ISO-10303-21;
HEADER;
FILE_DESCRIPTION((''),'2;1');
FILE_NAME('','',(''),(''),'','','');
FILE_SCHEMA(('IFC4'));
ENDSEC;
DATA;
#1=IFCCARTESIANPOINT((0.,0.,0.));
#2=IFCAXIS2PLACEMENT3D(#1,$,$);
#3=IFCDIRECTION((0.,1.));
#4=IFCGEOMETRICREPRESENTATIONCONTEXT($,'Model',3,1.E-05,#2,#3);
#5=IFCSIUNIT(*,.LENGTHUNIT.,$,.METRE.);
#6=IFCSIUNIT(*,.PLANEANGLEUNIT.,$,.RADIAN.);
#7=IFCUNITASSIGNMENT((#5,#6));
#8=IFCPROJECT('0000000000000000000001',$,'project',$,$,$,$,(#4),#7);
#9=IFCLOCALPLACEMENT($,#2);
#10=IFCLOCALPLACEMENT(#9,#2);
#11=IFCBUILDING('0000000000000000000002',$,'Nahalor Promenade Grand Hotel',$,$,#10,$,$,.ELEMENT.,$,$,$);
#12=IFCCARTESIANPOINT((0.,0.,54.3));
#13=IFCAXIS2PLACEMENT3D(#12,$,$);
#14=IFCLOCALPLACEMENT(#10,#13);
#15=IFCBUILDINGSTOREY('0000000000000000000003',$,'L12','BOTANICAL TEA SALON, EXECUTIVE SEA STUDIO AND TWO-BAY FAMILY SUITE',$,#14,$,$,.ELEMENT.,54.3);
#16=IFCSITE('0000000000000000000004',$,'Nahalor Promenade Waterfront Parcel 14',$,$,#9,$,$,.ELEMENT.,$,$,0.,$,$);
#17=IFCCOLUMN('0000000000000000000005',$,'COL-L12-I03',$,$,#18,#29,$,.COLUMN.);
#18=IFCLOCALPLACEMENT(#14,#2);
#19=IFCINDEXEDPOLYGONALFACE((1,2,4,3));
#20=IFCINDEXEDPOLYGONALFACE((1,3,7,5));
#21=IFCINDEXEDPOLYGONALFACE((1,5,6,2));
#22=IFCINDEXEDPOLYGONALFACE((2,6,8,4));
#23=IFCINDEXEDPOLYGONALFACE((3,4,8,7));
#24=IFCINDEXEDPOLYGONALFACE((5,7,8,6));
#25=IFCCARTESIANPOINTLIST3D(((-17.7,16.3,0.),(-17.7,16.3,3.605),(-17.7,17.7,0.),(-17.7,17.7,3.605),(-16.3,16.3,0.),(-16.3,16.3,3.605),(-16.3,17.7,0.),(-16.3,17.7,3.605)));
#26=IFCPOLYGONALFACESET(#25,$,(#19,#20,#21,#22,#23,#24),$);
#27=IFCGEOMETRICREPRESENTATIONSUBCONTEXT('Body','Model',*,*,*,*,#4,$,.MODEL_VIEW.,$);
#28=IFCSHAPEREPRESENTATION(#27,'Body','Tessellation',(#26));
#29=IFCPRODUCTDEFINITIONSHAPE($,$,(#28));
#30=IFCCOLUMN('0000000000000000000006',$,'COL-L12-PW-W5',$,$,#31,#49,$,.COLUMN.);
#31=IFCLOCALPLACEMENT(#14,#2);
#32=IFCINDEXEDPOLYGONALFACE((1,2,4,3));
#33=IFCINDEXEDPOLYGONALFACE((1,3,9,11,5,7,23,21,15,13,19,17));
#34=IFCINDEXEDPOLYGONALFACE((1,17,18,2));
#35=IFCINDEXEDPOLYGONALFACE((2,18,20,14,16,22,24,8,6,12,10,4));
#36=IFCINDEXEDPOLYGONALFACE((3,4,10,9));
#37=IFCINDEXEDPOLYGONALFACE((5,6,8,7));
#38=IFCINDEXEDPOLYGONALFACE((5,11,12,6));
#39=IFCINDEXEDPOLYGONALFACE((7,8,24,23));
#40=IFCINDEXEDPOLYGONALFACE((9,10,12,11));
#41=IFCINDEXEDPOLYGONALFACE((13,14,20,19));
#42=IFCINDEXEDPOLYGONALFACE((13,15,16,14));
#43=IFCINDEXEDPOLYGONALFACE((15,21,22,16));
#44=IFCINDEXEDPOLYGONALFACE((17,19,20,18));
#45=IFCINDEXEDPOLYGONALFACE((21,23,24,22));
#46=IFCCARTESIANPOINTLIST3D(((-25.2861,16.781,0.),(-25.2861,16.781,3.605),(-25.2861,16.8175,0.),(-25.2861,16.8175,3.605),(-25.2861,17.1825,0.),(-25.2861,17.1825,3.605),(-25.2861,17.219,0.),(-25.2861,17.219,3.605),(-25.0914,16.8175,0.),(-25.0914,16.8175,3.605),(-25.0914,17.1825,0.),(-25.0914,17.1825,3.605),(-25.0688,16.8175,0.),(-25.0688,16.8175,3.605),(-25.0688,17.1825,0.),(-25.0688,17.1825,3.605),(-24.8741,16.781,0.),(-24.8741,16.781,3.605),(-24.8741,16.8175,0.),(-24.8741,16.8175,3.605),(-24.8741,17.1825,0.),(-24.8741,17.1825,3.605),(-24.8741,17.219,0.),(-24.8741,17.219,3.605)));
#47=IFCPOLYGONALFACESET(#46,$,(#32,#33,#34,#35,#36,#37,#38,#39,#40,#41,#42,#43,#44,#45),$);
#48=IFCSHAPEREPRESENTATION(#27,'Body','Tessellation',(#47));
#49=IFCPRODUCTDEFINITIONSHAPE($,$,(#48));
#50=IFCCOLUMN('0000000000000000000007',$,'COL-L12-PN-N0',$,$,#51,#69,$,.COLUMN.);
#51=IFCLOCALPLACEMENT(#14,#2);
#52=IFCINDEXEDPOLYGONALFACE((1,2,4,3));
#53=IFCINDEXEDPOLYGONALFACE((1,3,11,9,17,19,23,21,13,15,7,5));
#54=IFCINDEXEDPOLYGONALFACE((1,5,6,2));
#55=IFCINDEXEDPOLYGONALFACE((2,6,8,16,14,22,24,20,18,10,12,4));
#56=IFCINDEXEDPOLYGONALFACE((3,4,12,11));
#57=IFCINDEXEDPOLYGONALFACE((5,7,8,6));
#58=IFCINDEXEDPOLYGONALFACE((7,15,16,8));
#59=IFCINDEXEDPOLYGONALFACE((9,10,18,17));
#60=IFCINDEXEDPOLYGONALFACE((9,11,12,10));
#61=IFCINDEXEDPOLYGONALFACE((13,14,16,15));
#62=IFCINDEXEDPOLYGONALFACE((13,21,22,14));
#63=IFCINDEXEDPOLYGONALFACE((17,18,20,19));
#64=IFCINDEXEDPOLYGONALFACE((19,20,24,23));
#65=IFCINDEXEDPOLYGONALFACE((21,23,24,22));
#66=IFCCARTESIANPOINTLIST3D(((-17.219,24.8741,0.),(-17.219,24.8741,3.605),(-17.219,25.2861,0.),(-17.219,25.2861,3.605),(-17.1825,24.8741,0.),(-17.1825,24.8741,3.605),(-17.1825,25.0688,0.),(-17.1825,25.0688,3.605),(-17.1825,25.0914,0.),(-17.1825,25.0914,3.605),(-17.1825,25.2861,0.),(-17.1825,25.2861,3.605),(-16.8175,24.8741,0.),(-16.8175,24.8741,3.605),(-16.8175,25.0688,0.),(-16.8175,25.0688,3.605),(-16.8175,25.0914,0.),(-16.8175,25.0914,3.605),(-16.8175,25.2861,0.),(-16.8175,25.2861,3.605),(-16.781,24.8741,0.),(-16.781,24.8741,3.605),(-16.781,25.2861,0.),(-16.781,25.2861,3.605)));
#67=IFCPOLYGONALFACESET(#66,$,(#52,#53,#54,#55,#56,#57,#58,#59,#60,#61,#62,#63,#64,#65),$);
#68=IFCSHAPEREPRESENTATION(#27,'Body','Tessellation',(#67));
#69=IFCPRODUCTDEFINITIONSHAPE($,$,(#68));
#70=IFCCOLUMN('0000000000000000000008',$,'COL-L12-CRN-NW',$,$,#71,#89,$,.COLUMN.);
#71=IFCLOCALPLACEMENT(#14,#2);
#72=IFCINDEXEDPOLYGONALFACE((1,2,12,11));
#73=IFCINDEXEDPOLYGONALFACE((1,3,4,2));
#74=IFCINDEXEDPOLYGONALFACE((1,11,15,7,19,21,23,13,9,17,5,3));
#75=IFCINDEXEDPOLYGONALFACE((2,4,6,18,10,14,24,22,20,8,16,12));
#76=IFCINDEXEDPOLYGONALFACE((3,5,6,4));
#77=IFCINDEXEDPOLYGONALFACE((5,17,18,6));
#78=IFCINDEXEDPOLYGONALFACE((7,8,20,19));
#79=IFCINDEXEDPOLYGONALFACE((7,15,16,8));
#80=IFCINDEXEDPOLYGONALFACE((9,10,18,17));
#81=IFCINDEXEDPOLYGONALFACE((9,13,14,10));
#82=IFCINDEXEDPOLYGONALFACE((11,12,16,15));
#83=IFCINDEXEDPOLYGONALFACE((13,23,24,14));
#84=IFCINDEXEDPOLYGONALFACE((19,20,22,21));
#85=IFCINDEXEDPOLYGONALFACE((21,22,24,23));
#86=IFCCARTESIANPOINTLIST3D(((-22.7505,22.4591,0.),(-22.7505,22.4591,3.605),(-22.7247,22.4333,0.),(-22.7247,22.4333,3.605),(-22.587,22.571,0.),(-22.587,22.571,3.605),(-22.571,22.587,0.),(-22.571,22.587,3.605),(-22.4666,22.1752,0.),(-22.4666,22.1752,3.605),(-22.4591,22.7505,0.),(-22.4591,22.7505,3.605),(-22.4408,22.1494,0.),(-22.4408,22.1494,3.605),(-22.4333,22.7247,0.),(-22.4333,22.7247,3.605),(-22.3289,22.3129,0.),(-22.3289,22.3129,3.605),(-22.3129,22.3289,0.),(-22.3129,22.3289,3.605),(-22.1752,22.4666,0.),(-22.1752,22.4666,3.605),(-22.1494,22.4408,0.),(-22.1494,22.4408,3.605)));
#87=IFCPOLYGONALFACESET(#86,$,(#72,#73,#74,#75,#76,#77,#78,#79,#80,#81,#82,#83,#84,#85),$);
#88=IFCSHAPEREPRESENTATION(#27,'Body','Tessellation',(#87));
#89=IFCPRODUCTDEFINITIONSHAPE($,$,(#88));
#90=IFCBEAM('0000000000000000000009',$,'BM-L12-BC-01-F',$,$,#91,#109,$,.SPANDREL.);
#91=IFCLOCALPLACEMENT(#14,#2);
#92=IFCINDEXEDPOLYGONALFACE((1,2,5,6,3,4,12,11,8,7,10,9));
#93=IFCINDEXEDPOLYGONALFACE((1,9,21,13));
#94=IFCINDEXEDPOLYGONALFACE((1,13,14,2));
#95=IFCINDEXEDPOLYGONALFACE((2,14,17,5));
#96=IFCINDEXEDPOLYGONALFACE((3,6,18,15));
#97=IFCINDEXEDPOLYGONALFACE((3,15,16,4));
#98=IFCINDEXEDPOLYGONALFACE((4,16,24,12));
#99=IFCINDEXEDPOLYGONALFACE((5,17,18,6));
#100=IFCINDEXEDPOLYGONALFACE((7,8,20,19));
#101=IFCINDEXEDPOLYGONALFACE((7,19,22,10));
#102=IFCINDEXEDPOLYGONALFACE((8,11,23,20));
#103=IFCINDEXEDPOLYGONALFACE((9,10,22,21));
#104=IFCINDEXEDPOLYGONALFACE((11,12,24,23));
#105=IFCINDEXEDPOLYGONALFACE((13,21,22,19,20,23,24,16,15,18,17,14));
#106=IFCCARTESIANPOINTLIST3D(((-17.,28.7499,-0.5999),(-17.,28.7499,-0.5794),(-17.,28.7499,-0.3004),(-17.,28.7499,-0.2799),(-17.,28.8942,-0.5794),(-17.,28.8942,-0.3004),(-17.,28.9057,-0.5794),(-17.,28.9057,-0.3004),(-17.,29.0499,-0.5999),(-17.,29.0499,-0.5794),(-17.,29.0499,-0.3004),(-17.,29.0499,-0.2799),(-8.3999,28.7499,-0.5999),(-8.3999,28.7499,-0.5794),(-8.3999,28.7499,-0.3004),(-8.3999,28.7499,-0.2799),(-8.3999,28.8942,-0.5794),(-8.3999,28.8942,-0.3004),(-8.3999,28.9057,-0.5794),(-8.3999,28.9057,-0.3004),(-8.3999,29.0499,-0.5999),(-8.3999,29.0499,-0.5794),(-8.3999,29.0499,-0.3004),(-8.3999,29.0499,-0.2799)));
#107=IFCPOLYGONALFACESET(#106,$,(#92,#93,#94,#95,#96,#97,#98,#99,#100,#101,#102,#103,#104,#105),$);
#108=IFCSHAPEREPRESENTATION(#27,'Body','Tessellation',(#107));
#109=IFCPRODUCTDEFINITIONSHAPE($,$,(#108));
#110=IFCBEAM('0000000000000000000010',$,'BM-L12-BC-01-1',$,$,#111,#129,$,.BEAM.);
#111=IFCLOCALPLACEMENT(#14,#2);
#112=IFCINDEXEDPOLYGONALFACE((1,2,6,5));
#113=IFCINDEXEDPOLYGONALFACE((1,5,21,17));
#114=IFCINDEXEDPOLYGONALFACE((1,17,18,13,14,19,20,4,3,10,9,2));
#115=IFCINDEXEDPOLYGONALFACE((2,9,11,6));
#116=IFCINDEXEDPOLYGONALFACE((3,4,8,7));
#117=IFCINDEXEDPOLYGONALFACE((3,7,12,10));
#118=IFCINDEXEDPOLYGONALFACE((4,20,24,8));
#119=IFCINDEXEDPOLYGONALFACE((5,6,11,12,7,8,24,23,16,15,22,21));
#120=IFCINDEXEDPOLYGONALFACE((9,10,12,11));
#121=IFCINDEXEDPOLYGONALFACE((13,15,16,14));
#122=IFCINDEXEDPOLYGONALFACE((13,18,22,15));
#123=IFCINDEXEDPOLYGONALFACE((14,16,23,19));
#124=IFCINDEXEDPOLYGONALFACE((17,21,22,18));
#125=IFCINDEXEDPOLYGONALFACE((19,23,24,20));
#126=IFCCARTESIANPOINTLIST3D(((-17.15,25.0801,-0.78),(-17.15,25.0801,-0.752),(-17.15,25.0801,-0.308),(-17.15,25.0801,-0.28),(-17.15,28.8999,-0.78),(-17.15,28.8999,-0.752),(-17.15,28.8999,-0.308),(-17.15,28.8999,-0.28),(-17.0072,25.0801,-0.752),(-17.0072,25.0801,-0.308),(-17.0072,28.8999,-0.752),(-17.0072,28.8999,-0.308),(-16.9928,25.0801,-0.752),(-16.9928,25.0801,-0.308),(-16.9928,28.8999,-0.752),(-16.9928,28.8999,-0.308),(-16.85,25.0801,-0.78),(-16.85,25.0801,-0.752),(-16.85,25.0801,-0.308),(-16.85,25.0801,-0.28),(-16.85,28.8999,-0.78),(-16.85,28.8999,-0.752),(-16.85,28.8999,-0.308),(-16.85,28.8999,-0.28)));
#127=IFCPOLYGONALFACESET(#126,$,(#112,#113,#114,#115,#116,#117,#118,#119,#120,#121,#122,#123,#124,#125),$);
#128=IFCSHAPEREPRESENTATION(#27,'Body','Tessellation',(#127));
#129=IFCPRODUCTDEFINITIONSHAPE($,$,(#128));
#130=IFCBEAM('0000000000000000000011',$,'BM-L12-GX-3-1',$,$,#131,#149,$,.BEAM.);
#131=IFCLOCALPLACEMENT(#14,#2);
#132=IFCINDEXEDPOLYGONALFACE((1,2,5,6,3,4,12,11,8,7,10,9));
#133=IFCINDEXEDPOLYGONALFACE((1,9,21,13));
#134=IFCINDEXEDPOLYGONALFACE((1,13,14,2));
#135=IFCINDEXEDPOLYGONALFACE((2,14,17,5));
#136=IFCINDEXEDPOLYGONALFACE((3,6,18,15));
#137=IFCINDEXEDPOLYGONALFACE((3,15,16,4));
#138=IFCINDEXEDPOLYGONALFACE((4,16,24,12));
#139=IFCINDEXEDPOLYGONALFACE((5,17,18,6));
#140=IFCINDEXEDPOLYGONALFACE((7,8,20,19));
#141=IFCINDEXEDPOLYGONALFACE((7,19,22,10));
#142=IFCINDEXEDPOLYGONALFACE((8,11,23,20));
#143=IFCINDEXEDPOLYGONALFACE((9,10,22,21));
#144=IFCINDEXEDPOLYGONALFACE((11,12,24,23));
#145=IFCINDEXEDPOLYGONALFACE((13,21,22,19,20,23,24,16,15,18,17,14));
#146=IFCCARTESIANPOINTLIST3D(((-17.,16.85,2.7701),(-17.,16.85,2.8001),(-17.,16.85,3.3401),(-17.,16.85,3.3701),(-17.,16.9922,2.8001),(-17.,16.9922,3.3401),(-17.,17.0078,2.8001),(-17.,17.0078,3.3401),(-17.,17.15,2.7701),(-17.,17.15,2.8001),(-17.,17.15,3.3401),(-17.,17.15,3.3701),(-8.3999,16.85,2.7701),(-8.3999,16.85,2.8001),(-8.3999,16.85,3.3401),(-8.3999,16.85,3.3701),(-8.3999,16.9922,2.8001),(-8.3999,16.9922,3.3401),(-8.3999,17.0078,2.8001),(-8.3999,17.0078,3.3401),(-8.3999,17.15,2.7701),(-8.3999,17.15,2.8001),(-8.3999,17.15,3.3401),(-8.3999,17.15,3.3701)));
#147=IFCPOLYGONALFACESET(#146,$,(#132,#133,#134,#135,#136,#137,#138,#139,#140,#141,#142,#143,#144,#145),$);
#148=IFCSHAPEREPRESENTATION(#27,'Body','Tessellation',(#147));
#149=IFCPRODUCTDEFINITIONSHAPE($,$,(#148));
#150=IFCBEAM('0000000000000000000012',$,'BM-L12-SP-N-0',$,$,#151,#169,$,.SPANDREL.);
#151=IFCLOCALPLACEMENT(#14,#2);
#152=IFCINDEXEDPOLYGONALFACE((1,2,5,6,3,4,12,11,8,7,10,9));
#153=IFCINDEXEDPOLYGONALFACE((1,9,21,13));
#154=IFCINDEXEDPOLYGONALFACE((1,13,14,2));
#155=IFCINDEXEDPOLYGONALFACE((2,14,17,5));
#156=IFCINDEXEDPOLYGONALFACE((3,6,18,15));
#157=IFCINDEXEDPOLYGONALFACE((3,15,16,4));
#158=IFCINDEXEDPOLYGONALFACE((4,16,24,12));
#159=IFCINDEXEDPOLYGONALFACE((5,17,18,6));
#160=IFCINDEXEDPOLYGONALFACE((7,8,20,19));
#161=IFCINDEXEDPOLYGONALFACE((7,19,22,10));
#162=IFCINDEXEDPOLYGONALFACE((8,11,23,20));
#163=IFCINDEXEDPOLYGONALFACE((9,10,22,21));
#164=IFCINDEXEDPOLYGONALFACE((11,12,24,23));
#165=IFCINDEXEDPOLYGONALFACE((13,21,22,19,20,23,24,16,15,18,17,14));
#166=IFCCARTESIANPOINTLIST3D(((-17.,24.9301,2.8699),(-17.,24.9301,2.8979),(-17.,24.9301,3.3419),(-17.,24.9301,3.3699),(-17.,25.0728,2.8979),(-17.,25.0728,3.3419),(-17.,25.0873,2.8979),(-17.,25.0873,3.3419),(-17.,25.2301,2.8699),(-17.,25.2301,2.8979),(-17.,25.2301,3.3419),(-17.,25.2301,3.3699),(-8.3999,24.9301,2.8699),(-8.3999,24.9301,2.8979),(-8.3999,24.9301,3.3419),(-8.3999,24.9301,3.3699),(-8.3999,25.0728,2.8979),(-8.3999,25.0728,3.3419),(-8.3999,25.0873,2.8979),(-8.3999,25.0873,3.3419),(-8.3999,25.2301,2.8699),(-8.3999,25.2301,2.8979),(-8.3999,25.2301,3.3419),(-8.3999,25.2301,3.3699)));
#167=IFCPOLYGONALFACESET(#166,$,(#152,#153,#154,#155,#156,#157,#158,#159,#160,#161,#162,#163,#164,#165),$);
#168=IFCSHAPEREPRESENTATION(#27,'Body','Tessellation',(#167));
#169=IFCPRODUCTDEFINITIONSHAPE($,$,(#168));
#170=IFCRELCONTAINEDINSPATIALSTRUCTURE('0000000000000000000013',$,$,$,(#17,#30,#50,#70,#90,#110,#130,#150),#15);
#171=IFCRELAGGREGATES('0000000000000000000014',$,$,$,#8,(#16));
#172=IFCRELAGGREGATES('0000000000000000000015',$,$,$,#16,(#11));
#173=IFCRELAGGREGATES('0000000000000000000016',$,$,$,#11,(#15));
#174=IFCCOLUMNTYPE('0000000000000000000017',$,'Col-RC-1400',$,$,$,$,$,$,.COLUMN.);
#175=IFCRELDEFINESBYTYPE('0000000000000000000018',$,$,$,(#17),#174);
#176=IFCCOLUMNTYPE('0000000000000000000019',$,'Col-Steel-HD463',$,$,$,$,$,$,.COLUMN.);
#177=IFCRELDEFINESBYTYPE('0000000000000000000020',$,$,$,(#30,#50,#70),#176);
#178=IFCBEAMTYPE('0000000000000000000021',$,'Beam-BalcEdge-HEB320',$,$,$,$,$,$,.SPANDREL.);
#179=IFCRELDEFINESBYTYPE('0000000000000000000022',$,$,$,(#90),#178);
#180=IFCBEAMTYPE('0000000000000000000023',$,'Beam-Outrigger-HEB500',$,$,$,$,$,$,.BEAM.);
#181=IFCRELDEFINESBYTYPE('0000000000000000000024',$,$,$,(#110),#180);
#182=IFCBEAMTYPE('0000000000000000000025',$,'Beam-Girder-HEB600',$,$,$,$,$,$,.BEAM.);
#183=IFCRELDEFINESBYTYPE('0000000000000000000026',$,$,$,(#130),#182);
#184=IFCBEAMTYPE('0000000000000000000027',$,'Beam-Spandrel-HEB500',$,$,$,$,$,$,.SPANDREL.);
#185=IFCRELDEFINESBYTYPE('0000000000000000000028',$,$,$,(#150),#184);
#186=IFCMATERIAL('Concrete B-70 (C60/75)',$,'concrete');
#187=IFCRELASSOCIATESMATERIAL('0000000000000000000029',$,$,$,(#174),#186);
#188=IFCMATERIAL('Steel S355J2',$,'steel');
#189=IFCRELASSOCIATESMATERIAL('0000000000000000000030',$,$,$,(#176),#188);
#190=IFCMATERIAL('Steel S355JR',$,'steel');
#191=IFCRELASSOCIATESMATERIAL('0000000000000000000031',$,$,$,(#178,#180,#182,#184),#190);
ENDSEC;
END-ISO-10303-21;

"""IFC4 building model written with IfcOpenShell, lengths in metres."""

from ifc_helpers import new_model, si_unit, direction, frame, origin, origin_2d, place, context, subcontext, project, spatial, rectangle, i_section, extrude, source, transform, mapped, material, material_profile, profile_set, type_object, element, save


model = new_model("IFC4")

# Units and contexts
model_context = context("Model", 3, precision=1e-05, world=origin(), true_north=direction((0.0, 1.0)))
body_context = subcontext(model_context, "Body", "Model", "MODEL_VIEW")
ifc_project = project(units=[si_unit("LENGTHUNIT", "METRE"), si_unit("PLANEANGLEUNIT", "RADIAN")], contexts=[model_context])

# Site, building, storey
site_placement = place(None, origin())
site = spatial("IfcSite", under=ifc_project, at=site_placement, Name="Nahalor Promenade Waterfront Parcel 14", CompositionType="ELEMENT", RefElevation=0.0)
building_placement = place(site_placement, origin())
building = spatial("IfcBuilding", under=site, at=building_placement, Name="Nahalor Promenade Grand Hotel", CompositionType="ELEMENT")
storey_placement = place(building_placement, frame((0.0, 0.0, 54.3)))
storey = spatial("IfcBuildingStorey", under=building, at=storey_placement, Name="L12", Description="BOTANICAL TEA SALON, EXECUTIVE SEA STUDIO AND TWO-BAY FAMILY SUITE", CompositionType="ELEMENT", Elevation=54.3)

# Columns
ifc_material_1 = material(Name="Concrete B-70 (C60/75)", Category="concrete")
ifc_material_profile_1 = material_profile(ifc_material_1, rectangle(XDim=1.4, YDim=1.4, at=origin_2d()), Name="RC 1400x1400")
ifc_profile_set_1 = profile_set([ifc_material_profile_1], Name="Concrete B-70 (C60/75)")
column_type_1 = type_object("IfcColumnType", Name="Col-RC-1400", PredefinedType="COLUMN", material=ifc_profile_set_1)
shared_shape_1 = source(origin(), body_context, "Body", "SweptSolid", [
    extrude(rectangle(XDim=1.4, YDim=1.4, at=origin_2d()), origin(), (0.0, 0.0, 1.0), 3.605),
])
column_placement = place(storey_placement, frame((-17.0, 17.0, 0.0), z_axis=(0.0, 0.0, 1.0), x_axis=(1.0, 0.0, 0.0)))
element("IfcColumn", 1, at=column_placement, inside=storey, type_object=column_type_1, Name="COL-L12-I03", PredefinedType="COLUMN", context=body_context, shape_type="MappedRepresentation", body=[
    mapped(shared_shape_1, transform((0.0, 0.0, 0.0), scale=1.0)),
])
ifc_material_2 = material(Name="Steel S355J2", Category="steel")
ifc_material_profile_2 = material_profile(ifc_material_2, i_section(OverallWidth=0.412, OverallDepth=0.438, WebThickness=0.0226, FlangeThickness=0.0365, at=origin_2d()), Name="HD 400x463")
ifc_profile_set_2 = profile_set([ifc_material_profile_2], Name="Steel S355J2")
column_type_2 = type_object("IfcColumnType", Name="Col-Steel-HD463", PredefinedType="COLUMN", material=ifc_profile_set_2)
shared_shape_2 = source(origin(), body_context, "Body", "SweptSolid", [
    extrude(i_section(OverallWidth=0.412, OverallDepth=0.438, WebThickness=0.0226, FlangeThickness=0.0365, at=origin_2d()), origin(), (0.0, 0.0, 1.0), 3.605),
])
for number, where, z_axis, x_axis, name in (
    (2, (-25.0801, 17.0, 0.0), (0.0, 0.0, 1.0), (1.0, 0.0, 0.0), "COL-L12-PW-W5"),
    (3, (-17.0, 25.0801, 0.0), (0.0, 0.0, 1.0), (0.0, 1.0, 0.0), "COL-L12-PN-N0"),
    (4, (-22.45, 22.45, 0.0), (0.0, 0.0, 1.0), (0.707107, 0.707107, 0.0), "COL-L12-CRN-NW"),
):
    element("IfcColumn", number, at=place(storey_placement, frame(where, z_axis=z_axis, x_axis=x_axis)), inside=storey, type_object=column_type_2, Name=name, PredefinedType="COLUMN", context=body_context, shape_type="MappedRepresentation", body=[
        mapped(shared_shape_2, transform((0.0, 0.0, 0.0), scale=1.0)),
    ])

# Beams
ifc_material_3 = material(Name="Steel S355JR", Category="steel")
ifc_material_profile_3 = material_profile(ifc_material_3, i_section(OverallWidth=0.3, OverallDepth=0.32, WebThickness=0.0115, FlangeThickness=0.0205, at=origin_2d()), Name="HEB 320")
ifc_profile_set_3 = profile_set([ifc_material_profile_3], Name="Steel S355JR")
beam_type_1 = type_object("IfcBeamType", Name="Beam-BalcEdge-HEB320", PredefinedType="SPANDREL", material=ifc_profile_set_3)
shared_shape_3 = source(origin(), body_context, "Body", "SweptSolid", [
    extrude(i_section(OverallWidth=0.3, OverallDepth=0.32, WebThickness=0.0115, FlangeThickness=0.0205, at=origin_2d()), origin(), (0.0, 0.0, 1.0), 8.6001),
])
beam_1_placement = place(storey_placement, frame((-17.0, 28.8999, -0.4399), z_axis=(1.0, 0.0, 0.0), x_axis=(0.0, 1.0, 0.0)))
element("IfcBeam", 5, at=beam_1_placement, inside=storey, type_object=beam_type_1, Name="BM-L12-BC-01-F", PredefinedType="SPANDREL", context=body_context, shape_type="MappedRepresentation", body=[
    mapped(shared_shape_3, transform((0.0, 0.0, 0.0), scale=1.0)),
])
ifc_material_profile_4 = material_profile(ifc_material_3, i_section(OverallWidth=0.3, OverallDepth=0.5, WebThickness=0.0145, FlangeThickness=0.028, at=origin_2d()), Name="HEB 500")
ifc_profile_set_4 = profile_set([ifc_material_profile_4], Name="Steel S355JR")
beam_type_2 = type_object("IfcBeamType", Name="Beam-Outrigger-HEB500", PredefinedType="BEAM", material=ifc_profile_set_4)
shared_shape_4 = source(origin(), body_context, "Body", "SweptSolid", [
    extrude(i_section(OverallWidth=0.3, OverallDepth=0.5, WebThickness=0.0145, FlangeThickness=0.028, at=origin_2d()), origin(), (0.0, 0.0, 1.0), 3.8198),
])
beam_2_placement = place(storey_placement, frame((-17.0, 25.0801, -0.53), z_axis=(0.0, 1.0, 0.0), x_axis=(-1.0, 0.0, 0.0)))
element("IfcBeam", 6, at=beam_2_placement, inside=storey, type_object=beam_type_2, Name="BM-L12-BC-01-1", PredefinedType="BEAM", context=body_context, shape_type="MappedRepresentation", body=[
    mapped(shared_shape_4, transform((0.0, 0.0, 0.0), scale=1.0)),
])
ifc_material_profile_5 = material_profile(ifc_material_3, i_section(OverallWidth=0.3, OverallDepth=0.6, WebThickness=0.0155, FlangeThickness=0.03, at=origin_2d()), Name="HEB 600")
ifc_profile_set_5 = profile_set([ifc_material_profile_5], Name="Steel S355JR")
beam_type_3 = type_object("IfcBeamType", Name="Beam-Girder-HEB600", PredefinedType="BEAM", material=ifc_profile_set_5)
shared_shape_5 = source(origin(), body_context, "Body", "SweptSolid", [
    extrude(i_section(OverallWidth=0.3, OverallDepth=0.6, WebThickness=0.0155, FlangeThickness=0.03, at=origin_2d()), origin(), (0.0, 0.0, 1.0), 8.6001),
])
beam_3_placement = place(storey_placement, frame((-17.0, 17.0, 3.0701), z_axis=(1.0, 0.0, 0.0), x_axis=(0.0, 1.0, 0.0)))
element("IfcBeam", 7, at=beam_3_placement, inside=storey, type_object=beam_type_3, Name="BM-L12-GX-3-1", PredefinedType="BEAM", context=body_context, shape_type="MappedRepresentation", body=[
    mapped(shared_shape_5, transform((0.0, 0.0, 0.0), scale=1.0)),
])
ifc_material_profile_6 = material_profile(ifc_material_3, i_section(OverallWidth=0.3, OverallDepth=0.5, WebThickness=0.0145, FlangeThickness=0.028, at=origin_2d()), Name="HEB 500")
ifc_profile_set_6 = profile_set([ifc_material_profile_6], Name="Steel S355JR")
beam_type_4 = type_object("IfcBeamType", Name="Beam-Spandrel-HEB500", PredefinedType="SPANDREL", material=ifc_profile_set_6)
shared_shape_6 = source(origin(), body_context, "Body", "SweptSolid", [
    extrude(i_section(OverallWidth=0.3, OverallDepth=0.5, WebThickness=0.0145, FlangeThickness=0.028, at=origin_2d()), origin(), (0.0, 0.0, 1.0), 8.6001),
])
beam_4_placement = place(storey_placement, frame((-17.0, 25.0801, 3.1199), z_axis=(1.0, 0.0, 0.0), x_axis=(0.0, 1.0, 0.0)))
element("IfcBeam", 8, at=beam_4_placement, inside=storey, type_object=beam_type_4, Name="BM-L12-SP-N-0", PredefinedType="SPANDREL", context=body_context, shape_type="MappedRepresentation", body=[
    mapped(shared_shape_6, transform((0.0, 0.0, 0.0), scale=1.0)),
])

save(model, "model.ifc")
